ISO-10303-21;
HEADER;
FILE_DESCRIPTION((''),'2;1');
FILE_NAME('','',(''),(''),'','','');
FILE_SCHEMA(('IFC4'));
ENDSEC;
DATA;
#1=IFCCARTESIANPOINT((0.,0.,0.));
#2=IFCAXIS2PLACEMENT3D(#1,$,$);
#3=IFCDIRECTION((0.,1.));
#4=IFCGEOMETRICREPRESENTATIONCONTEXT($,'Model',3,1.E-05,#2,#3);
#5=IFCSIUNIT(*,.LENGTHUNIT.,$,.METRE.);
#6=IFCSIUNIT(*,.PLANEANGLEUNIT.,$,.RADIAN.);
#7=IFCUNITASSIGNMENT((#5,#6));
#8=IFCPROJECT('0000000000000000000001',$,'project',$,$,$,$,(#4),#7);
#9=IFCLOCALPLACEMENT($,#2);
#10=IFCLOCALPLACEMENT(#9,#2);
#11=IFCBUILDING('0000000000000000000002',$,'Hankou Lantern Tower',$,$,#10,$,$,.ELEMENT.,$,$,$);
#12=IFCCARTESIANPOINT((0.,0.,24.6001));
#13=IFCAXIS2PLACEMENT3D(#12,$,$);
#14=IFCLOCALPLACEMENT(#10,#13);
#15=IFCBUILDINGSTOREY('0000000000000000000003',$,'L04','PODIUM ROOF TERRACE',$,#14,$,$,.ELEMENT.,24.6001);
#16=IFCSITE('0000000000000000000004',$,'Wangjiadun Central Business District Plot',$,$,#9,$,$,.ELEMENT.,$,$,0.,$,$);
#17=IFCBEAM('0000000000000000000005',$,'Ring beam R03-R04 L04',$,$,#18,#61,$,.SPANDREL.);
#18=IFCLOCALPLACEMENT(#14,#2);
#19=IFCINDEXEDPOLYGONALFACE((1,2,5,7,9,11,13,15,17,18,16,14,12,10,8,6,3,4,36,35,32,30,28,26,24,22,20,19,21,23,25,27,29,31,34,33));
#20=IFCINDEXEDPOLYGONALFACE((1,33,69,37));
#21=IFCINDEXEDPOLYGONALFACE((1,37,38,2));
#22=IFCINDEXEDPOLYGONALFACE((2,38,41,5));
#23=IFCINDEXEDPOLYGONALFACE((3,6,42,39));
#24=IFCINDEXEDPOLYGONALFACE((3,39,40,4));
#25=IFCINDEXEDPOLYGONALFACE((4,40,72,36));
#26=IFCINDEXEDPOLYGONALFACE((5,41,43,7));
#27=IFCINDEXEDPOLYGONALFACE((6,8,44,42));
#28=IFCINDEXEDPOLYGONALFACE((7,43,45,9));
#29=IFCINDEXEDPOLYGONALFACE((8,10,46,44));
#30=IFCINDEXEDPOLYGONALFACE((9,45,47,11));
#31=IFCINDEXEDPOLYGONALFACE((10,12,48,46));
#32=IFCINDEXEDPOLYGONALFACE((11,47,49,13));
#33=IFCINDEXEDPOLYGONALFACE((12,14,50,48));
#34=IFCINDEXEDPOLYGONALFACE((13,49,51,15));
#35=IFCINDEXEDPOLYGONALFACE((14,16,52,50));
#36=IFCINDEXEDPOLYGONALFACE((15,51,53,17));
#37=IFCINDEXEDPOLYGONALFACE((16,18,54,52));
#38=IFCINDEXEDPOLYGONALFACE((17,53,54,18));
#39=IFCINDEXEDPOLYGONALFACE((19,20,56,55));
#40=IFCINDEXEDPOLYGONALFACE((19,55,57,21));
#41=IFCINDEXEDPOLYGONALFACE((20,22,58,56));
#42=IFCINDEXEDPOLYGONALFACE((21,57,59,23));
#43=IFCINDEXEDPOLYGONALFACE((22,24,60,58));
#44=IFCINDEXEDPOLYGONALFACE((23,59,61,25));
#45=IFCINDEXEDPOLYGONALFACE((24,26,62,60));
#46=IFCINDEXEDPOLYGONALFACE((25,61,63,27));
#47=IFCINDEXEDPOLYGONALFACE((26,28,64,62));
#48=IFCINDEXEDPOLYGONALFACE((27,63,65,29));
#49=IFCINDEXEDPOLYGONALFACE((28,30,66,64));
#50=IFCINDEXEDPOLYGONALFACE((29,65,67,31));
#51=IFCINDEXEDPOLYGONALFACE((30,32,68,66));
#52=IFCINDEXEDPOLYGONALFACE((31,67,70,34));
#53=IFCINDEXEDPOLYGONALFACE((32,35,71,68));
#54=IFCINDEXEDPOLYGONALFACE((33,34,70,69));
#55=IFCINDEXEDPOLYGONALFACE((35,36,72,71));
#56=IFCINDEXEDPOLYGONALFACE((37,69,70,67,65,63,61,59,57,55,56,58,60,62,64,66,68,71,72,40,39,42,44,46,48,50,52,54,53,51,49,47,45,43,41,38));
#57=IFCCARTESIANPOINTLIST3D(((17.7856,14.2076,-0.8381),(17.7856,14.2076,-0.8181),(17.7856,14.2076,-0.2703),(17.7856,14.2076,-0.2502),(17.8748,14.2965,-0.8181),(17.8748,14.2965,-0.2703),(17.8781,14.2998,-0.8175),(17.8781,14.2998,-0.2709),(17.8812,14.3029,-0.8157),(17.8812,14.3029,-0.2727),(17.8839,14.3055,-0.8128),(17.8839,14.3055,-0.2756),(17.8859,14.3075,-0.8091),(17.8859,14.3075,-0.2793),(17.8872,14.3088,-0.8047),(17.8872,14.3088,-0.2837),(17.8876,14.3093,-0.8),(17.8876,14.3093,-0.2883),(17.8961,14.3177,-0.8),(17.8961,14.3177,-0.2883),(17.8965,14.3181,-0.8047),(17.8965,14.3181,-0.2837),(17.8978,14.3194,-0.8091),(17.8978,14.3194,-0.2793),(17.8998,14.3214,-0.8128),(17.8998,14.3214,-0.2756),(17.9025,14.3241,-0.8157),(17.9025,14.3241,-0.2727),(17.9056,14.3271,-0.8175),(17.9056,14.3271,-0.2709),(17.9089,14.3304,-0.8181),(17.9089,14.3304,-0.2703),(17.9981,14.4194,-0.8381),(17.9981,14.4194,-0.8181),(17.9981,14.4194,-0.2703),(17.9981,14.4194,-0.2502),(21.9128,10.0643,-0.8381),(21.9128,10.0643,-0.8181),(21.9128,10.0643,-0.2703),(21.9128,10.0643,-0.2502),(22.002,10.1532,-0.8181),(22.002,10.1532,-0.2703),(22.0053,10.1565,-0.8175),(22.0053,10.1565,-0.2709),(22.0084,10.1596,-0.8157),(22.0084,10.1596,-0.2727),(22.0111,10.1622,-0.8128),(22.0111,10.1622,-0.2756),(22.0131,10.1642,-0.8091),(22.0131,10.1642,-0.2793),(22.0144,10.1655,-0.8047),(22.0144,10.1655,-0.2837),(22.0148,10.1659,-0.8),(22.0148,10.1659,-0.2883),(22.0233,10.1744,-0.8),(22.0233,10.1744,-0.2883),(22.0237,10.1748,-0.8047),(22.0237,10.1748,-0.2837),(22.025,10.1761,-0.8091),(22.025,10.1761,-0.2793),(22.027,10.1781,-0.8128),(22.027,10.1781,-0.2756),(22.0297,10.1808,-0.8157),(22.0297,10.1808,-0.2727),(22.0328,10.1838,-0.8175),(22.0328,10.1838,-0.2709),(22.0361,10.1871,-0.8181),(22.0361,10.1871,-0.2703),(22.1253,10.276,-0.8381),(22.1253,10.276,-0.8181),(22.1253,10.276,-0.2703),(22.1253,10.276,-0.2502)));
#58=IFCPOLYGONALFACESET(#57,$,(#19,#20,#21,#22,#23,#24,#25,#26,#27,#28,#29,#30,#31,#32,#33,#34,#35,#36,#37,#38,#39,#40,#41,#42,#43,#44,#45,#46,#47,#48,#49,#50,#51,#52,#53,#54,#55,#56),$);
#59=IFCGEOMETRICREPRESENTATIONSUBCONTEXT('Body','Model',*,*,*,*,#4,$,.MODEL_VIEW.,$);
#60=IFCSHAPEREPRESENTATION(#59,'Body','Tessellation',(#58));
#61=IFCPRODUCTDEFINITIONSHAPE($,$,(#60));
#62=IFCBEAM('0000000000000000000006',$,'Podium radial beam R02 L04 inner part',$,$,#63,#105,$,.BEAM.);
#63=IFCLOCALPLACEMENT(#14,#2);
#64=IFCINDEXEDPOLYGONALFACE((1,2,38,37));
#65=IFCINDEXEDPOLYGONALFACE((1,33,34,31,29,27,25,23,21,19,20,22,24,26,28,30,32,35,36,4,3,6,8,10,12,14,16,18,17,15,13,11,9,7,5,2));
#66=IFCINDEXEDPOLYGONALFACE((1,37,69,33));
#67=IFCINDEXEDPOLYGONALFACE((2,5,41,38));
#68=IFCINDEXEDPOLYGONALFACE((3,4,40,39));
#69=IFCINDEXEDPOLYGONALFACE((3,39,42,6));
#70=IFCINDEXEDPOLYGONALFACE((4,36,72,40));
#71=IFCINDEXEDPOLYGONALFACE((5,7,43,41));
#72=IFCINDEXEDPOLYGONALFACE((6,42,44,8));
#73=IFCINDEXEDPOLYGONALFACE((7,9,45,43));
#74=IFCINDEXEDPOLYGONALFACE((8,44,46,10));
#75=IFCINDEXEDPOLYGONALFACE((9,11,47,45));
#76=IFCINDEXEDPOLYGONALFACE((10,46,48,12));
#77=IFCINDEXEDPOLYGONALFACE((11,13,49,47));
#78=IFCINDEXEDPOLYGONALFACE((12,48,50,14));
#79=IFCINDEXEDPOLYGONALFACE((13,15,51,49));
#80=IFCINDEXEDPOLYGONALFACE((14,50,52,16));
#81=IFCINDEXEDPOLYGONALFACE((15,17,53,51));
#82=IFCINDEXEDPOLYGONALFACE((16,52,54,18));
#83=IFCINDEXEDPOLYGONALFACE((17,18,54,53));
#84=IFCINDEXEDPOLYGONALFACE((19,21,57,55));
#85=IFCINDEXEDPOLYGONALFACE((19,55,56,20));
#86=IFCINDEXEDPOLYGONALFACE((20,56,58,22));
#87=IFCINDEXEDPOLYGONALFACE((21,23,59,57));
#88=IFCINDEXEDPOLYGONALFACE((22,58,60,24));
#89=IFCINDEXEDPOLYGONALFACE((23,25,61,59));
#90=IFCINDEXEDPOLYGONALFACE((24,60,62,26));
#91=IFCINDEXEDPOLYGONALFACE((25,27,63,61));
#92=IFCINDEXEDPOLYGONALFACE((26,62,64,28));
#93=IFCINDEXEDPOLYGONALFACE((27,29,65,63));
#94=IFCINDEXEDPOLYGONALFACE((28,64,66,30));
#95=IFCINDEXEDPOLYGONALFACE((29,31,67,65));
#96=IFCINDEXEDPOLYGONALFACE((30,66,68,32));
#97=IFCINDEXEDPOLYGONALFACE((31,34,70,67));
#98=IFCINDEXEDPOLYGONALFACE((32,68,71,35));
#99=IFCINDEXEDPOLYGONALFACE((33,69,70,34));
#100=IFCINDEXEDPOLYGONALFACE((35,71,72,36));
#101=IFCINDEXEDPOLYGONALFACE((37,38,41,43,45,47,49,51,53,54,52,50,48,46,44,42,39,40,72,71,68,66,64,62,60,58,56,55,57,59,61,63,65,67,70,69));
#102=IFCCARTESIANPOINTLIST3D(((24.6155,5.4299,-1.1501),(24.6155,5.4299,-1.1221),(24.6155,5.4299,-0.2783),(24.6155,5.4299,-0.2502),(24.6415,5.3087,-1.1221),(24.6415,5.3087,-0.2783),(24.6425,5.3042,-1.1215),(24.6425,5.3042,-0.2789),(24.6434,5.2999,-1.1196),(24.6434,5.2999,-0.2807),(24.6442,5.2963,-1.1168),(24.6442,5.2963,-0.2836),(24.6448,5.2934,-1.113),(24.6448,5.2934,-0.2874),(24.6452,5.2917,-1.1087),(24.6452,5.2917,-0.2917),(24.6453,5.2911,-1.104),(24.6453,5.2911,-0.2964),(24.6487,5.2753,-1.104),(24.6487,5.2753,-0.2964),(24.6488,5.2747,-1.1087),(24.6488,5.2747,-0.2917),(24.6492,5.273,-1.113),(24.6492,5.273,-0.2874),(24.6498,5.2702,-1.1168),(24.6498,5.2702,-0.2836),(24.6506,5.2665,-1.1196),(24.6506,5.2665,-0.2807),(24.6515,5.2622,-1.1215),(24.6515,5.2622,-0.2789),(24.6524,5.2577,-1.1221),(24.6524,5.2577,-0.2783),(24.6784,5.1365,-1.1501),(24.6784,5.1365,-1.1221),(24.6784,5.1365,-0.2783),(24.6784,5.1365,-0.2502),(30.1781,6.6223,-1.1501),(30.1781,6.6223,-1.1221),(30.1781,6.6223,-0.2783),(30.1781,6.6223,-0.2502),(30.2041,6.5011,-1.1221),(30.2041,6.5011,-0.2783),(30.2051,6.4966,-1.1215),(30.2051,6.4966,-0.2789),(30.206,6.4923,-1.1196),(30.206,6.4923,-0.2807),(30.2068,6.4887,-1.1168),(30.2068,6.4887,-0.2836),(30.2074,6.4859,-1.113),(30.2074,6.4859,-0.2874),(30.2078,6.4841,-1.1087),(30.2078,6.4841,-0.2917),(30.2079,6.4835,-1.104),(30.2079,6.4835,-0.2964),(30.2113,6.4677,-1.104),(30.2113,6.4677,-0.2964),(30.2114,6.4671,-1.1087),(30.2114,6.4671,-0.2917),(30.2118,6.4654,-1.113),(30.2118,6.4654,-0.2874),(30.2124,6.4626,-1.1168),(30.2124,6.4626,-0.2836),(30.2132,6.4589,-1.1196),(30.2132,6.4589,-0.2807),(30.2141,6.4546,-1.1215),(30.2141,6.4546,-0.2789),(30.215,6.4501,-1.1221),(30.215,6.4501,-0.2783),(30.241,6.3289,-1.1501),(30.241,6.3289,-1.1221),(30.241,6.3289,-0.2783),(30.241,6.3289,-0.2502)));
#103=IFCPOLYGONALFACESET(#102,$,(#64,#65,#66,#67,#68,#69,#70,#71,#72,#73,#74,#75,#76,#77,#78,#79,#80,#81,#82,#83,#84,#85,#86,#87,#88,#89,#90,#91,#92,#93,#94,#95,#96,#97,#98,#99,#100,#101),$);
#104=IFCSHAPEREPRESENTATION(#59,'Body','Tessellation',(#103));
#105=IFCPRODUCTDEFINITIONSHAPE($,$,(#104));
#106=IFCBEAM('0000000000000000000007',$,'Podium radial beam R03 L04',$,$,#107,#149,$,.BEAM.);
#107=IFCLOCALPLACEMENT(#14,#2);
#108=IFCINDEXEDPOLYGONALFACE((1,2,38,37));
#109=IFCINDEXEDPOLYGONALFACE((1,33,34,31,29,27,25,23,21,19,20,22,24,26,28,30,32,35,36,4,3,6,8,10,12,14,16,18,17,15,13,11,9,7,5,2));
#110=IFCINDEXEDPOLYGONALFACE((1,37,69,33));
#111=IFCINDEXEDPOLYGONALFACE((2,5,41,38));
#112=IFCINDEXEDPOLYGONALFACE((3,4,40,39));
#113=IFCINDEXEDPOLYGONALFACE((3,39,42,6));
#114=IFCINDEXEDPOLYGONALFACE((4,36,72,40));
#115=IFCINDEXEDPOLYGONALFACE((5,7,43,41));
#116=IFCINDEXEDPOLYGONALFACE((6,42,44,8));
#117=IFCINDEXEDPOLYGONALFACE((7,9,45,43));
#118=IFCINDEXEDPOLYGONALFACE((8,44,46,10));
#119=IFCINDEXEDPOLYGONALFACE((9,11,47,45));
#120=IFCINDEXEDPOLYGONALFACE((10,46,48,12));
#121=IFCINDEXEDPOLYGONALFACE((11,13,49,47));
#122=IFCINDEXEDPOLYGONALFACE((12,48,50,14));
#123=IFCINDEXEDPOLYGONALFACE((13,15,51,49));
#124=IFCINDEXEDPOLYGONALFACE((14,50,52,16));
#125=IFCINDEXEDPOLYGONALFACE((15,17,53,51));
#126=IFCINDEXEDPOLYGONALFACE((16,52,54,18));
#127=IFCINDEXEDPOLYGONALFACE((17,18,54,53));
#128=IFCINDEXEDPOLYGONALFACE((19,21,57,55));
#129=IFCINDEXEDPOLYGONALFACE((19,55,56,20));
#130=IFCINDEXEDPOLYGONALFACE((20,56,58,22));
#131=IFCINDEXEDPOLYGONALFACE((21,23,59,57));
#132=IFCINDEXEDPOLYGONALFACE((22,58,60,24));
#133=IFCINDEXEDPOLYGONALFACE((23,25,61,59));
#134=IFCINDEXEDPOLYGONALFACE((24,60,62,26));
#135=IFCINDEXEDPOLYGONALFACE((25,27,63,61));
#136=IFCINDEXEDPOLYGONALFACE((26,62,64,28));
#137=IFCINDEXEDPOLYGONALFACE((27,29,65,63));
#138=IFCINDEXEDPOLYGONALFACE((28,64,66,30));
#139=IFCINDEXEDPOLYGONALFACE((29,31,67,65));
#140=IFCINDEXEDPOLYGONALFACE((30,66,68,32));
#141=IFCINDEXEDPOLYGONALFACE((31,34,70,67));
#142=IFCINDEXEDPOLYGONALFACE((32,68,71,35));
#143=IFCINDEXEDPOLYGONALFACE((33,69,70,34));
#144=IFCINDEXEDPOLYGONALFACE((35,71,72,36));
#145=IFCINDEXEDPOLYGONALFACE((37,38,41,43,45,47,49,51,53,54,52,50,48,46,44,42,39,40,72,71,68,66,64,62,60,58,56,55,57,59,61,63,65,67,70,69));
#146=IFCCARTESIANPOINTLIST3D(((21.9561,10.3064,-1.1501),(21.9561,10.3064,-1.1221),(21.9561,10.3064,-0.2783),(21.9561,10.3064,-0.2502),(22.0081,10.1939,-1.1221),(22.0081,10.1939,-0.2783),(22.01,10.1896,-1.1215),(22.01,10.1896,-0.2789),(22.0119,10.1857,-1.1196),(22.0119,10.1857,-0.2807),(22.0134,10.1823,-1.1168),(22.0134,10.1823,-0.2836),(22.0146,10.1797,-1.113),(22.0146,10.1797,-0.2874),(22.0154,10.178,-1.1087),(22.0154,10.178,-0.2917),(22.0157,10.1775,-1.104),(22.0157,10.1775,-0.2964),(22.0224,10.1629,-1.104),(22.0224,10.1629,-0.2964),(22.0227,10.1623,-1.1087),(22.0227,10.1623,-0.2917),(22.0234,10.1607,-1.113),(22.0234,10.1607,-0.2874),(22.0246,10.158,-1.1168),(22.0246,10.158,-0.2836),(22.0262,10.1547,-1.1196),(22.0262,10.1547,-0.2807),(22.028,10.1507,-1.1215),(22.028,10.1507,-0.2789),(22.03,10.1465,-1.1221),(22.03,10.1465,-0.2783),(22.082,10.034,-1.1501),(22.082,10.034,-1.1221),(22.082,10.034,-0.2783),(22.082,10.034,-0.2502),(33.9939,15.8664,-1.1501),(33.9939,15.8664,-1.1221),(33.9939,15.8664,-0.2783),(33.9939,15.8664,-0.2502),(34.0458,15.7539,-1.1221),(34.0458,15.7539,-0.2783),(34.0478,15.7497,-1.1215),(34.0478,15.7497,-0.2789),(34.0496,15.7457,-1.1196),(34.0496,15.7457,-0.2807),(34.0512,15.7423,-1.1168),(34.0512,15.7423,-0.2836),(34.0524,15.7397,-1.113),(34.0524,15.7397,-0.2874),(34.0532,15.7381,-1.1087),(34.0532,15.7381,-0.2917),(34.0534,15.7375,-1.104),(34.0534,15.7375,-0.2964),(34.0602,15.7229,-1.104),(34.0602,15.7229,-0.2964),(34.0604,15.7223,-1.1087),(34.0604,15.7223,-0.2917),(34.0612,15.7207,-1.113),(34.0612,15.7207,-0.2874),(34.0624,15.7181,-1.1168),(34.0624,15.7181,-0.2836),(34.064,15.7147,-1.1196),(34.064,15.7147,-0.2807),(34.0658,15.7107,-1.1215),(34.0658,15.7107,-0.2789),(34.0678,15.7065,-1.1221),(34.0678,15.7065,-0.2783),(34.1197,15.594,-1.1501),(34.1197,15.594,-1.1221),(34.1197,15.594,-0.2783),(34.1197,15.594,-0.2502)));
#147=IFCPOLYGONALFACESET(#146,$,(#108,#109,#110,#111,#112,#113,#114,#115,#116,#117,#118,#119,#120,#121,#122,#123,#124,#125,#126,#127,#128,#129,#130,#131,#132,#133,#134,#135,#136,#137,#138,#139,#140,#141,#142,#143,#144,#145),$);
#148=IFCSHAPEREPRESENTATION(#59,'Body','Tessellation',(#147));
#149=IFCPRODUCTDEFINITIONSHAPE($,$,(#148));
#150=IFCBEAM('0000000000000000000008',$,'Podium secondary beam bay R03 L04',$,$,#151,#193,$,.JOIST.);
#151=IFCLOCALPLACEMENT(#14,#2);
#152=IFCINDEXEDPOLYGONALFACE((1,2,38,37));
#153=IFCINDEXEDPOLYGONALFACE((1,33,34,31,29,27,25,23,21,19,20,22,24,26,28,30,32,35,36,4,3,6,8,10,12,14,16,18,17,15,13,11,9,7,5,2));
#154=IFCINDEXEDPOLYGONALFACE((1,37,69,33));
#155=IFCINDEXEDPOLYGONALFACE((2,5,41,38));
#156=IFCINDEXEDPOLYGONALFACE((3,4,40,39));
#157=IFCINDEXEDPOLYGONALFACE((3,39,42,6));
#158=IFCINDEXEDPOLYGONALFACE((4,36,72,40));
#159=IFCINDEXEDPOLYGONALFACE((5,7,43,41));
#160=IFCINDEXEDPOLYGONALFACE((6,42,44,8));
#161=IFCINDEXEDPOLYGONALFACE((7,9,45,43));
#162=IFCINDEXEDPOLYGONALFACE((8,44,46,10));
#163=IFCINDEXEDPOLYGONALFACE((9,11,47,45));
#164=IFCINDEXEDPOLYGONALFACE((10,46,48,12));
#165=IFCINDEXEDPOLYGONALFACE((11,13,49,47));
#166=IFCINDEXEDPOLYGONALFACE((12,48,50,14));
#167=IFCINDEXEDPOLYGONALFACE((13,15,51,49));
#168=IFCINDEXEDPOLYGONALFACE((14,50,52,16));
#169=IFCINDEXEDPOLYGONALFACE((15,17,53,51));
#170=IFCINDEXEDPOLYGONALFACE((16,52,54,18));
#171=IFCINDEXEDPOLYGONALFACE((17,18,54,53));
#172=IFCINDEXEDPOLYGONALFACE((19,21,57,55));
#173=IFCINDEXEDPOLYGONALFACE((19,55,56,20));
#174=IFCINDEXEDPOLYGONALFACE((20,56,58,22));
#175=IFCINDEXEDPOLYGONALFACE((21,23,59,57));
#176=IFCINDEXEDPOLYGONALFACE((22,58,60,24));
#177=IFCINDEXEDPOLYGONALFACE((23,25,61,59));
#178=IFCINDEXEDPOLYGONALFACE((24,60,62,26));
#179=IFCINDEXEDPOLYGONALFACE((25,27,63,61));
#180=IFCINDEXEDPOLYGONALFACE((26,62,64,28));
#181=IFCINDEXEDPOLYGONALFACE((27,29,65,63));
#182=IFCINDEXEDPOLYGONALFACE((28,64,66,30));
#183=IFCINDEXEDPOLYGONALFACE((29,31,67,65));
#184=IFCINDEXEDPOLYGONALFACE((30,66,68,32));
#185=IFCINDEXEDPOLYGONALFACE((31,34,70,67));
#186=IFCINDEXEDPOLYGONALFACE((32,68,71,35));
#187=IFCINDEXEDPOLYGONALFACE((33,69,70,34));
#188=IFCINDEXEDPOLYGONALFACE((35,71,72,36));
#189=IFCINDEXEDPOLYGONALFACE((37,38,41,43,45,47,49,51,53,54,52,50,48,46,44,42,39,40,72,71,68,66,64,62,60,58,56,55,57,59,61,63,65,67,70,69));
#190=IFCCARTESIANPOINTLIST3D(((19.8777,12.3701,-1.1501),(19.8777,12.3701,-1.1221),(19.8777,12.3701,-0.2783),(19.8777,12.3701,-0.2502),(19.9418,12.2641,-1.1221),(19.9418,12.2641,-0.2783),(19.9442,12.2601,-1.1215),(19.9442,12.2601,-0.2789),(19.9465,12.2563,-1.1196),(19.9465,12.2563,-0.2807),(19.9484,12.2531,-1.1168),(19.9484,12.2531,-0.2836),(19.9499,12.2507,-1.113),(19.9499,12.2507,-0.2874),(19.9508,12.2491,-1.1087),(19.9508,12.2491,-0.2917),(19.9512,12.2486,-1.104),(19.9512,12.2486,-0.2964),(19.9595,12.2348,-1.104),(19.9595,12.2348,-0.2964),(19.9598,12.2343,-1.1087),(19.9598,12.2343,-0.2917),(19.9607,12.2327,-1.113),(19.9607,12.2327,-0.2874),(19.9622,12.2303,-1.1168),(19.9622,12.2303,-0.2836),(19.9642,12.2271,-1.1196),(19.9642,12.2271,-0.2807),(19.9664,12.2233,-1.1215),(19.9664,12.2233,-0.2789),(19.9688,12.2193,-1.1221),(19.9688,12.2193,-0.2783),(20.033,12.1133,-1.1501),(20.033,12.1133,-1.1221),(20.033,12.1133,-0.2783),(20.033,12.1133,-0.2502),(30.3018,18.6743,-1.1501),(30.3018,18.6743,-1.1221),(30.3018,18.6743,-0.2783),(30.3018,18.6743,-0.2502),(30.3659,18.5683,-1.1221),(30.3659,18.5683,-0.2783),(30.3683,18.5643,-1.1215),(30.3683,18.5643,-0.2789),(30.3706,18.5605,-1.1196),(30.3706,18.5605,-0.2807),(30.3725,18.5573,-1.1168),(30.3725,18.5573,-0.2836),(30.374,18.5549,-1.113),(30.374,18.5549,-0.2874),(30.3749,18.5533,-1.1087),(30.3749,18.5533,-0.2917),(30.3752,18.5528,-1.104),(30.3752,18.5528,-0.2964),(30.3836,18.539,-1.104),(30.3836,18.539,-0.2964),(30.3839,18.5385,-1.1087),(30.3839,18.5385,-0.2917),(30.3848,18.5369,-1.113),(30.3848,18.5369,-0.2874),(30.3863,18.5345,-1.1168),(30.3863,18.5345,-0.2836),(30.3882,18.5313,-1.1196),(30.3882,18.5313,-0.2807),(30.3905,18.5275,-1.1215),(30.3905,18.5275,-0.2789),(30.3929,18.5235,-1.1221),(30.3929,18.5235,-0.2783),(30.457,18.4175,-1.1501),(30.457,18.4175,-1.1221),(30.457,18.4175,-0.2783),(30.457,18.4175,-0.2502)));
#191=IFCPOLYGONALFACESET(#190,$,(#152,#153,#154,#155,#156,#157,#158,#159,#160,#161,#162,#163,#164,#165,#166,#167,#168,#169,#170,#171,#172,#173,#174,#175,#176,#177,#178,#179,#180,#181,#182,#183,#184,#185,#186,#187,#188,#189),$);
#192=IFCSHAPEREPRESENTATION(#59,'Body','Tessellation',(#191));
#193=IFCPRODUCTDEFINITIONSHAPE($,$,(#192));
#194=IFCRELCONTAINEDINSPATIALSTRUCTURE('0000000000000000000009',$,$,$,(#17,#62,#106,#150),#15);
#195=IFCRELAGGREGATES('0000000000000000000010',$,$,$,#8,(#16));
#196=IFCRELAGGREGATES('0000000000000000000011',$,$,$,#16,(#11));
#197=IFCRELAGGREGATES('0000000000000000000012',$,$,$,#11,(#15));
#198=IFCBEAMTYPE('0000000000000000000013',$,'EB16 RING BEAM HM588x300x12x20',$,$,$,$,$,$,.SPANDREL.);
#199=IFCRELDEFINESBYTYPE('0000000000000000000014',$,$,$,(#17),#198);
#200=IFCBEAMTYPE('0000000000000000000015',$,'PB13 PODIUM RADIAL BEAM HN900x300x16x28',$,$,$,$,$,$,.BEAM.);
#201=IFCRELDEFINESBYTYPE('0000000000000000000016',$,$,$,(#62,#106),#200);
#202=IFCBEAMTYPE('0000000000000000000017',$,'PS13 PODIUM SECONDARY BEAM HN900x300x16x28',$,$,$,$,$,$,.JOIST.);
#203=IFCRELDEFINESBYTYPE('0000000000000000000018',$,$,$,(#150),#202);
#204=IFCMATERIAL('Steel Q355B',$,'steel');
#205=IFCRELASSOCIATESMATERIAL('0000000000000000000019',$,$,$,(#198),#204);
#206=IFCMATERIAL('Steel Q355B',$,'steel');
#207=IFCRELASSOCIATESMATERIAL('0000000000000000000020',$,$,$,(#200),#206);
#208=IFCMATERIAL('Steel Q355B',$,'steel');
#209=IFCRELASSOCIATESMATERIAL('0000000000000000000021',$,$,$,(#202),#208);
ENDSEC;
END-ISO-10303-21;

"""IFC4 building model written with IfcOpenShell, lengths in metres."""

from ifc_helpers import new_model, si_unit, direction, frame, origin, origin_2d, place, context, subcontext, project, spatial, i_section, extrude, material, material_profile, profile_set, type_object, element, save


model = new_model("IFC4")

# Units and contexts
model_context = context("Model", 3, precision=1e-05, world=origin(), true_north=direction((0.0, 1.0)))
body_context = subcontext(model_context, "Body", "Model", "MODEL_VIEW")
ifc_project = project(units=[si_unit("LENGTHUNIT", "METRE"), si_unit("PLANEANGLEUNIT", "RADIAN")], contexts=[model_context])

# Site, building, storey
site_placement = place(None, origin())
site = spatial("IfcSite", under=ifc_project, at=site_placement, Name="Wangjiadun Central Business District Plot", CompositionType="ELEMENT", RefElevation=0.0)
building_placement = place(site_placement, origin())
building = spatial("IfcBuilding", under=site, at=building_placement, Name="Hankou Lantern Tower", CompositionType="ELEMENT")
storey_placement = place(building_placement, frame((0.0, 0.0, 24.6001)))
storey = spatial("IfcBuildingStorey", under=building, at=storey_placement, Name="L04", Description="PODIUM ROOF TERRACE", CompositionType="ELEMENT", Elevation=24.6001)

# Beams
ifc_material_1 = material(Name="Steel Q355B", Category="steel")
ifc_material_profile_1 = material_profile(ifc_material_1, i_section(OverallWidth=0.3, OverallDepth=0.5879, WebThickness=0.012, FlangeThickness=0.02, FilletRadius=0.0181, at=origin_2d()), Name="HM588x300x12x20")
ifc_profile_set_1 = profile_set([ifc_material_profile_1], Name="Steel Q355B")
beam_type_1 = type_object("IfcBeamType", Name="EB16 RING BEAM HM588x300x12x20", PredefinedType="SPANDREL", material=ifc_profile_set_1)
beam_1_placement = place(storey_placement, frame((22.019, 10.1702, -0.5442), z_axis=(-0.705728, 0.708483, 0.0), x_axis=(-0.708483, -0.705728, 0.0)))
element("IfcBeam", 1, at=beam_1_placement, inside=storey, type_object=beam_type_1, Name="Ring beam R03-R04 L04", PredefinedType="SPANDREL", context=body_context, shape_type="SweptSolid", body=[
    extrude(i_section(OverallWidth=0.3, OverallDepth=0.5879, WebThickness=0.012, FlangeThickness=0.02, FilletRadius=0.0181, at=origin_2d()), origin(), (0.0, 0.0, 1.0), 5.8481),
])
ifc_material_2 = material(Name="Steel Q355B", Category="steel")
ifc_material_profile_2 = material_profile(ifc_material_2, i_section(OverallWidth=0.3, OverallDepth=0.8999, WebThickness=0.0161, FlangeThickness=0.0281, FilletRadius=0.0181, at=origin_2d()), Name="HN900x300x16x28")
ifc_profile_set_2 = profile_set([ifc_material_profile_2], Name="Steel Q355B")
beam_type_2 = type_object("IfcBeamType", Name="PB13 PODIUM RADIAL BEAM HN900x300x16x28", PredefinedType="BEAM", material=ifc_profile_set_2)
beam_2_placement = place(storey_placement, frame((24.647, 5.2832, -0.7002), z_axis=(0.977787, 0.209599, 0.0), x_axis=(-0.209599, 0.977787, 0.0)))
element("IfcBeam", 2, at=beam_2_placement, inside=storey, type_object=beam_type_2, Name="Podium radial beam R02 L04 inner part", PredefinedType="BEAM", context=body_context, shape_type="SweptSolid", body=[
    extrude(i_section(OverallWidth=0.3, OverallDepth=0.8999, WebThickness=0.0161, FlangeThickness=0.0281, FilletRadius=0.0181, at=origin_2d()), origin(), (0.0, 0.0, 1.0), 5.689),
])
beam_3_placement = place(storey_placement, frame((22.019, 10.1702, -0.7002), z_axis=(0.907841, 0.419315, 0.0), x_axis=(-0.419315, 0.907841, 0.0)))
element("IfcBeam", 3, at=beam_3_placement, inside=storey, type_object=beam_type_2, Name="Podium radial beam R03 L04", PredefinedType="BEAM", context=body_context, shape_type="SweptSolid", body=[
    extrude(i_section(OverallWidth=0.3, OverallDepth=0.8999, WebThickness=0.0161, FlangeThickness=0.0281, FilletRadius=0.0181, at=origin_2d()), origin(), (0.0, 0.0, 1.0), 13.2598),
])
ifc_material_3 = material(Name="Steel Q355B", Category="steel")
ifc_material_profile_3 = material_profile(ifc_material_3, i_section(OverallWidth=0.3, OverallDepth=0.8999, WebThickness=0.0161, FlangeThickness=0.0281, FilletRadius=0.0181, at=origin_2d()), Name="HN900x300x16x28")
ifc_profile_set_3 = profile_set([ifc_material_profile_3], Name="Steel Q355B")
beam_type_3 = type_object("IfcBeamType", Name="PS13 PODIUM SECONDARY BEAM HN900x300x16x28", PredefinedType="JOIST", material=ifc_profile_set_3)
beam_4_placement = place(storey_placement, frame((19.9553, 12.2417, -0.7002), z_axis=(0.855686, 0.517496, 0.0), x_axis=(-0.517496, 0.855686, 0.0)))
element("IfcBeam", 4, at=beam_4_placement, inside=storey, type_object=beam_type_3, Name="Podium secondary beam bay R03 L04", PredefinedType="JOIST", context=body_context, shape_type="SweptSolid", body=[
    extrude(i_section(OverallWidth=0.3, OverallDepth=0.8999, WebThickness=0.0161, FlangeThickness=0.0281, FilletRadius=0.0181, at=origin_2d()), origin(), (0.0, 0.0, 1.0), 12.1821),
])

save(model, "model.ifc")
